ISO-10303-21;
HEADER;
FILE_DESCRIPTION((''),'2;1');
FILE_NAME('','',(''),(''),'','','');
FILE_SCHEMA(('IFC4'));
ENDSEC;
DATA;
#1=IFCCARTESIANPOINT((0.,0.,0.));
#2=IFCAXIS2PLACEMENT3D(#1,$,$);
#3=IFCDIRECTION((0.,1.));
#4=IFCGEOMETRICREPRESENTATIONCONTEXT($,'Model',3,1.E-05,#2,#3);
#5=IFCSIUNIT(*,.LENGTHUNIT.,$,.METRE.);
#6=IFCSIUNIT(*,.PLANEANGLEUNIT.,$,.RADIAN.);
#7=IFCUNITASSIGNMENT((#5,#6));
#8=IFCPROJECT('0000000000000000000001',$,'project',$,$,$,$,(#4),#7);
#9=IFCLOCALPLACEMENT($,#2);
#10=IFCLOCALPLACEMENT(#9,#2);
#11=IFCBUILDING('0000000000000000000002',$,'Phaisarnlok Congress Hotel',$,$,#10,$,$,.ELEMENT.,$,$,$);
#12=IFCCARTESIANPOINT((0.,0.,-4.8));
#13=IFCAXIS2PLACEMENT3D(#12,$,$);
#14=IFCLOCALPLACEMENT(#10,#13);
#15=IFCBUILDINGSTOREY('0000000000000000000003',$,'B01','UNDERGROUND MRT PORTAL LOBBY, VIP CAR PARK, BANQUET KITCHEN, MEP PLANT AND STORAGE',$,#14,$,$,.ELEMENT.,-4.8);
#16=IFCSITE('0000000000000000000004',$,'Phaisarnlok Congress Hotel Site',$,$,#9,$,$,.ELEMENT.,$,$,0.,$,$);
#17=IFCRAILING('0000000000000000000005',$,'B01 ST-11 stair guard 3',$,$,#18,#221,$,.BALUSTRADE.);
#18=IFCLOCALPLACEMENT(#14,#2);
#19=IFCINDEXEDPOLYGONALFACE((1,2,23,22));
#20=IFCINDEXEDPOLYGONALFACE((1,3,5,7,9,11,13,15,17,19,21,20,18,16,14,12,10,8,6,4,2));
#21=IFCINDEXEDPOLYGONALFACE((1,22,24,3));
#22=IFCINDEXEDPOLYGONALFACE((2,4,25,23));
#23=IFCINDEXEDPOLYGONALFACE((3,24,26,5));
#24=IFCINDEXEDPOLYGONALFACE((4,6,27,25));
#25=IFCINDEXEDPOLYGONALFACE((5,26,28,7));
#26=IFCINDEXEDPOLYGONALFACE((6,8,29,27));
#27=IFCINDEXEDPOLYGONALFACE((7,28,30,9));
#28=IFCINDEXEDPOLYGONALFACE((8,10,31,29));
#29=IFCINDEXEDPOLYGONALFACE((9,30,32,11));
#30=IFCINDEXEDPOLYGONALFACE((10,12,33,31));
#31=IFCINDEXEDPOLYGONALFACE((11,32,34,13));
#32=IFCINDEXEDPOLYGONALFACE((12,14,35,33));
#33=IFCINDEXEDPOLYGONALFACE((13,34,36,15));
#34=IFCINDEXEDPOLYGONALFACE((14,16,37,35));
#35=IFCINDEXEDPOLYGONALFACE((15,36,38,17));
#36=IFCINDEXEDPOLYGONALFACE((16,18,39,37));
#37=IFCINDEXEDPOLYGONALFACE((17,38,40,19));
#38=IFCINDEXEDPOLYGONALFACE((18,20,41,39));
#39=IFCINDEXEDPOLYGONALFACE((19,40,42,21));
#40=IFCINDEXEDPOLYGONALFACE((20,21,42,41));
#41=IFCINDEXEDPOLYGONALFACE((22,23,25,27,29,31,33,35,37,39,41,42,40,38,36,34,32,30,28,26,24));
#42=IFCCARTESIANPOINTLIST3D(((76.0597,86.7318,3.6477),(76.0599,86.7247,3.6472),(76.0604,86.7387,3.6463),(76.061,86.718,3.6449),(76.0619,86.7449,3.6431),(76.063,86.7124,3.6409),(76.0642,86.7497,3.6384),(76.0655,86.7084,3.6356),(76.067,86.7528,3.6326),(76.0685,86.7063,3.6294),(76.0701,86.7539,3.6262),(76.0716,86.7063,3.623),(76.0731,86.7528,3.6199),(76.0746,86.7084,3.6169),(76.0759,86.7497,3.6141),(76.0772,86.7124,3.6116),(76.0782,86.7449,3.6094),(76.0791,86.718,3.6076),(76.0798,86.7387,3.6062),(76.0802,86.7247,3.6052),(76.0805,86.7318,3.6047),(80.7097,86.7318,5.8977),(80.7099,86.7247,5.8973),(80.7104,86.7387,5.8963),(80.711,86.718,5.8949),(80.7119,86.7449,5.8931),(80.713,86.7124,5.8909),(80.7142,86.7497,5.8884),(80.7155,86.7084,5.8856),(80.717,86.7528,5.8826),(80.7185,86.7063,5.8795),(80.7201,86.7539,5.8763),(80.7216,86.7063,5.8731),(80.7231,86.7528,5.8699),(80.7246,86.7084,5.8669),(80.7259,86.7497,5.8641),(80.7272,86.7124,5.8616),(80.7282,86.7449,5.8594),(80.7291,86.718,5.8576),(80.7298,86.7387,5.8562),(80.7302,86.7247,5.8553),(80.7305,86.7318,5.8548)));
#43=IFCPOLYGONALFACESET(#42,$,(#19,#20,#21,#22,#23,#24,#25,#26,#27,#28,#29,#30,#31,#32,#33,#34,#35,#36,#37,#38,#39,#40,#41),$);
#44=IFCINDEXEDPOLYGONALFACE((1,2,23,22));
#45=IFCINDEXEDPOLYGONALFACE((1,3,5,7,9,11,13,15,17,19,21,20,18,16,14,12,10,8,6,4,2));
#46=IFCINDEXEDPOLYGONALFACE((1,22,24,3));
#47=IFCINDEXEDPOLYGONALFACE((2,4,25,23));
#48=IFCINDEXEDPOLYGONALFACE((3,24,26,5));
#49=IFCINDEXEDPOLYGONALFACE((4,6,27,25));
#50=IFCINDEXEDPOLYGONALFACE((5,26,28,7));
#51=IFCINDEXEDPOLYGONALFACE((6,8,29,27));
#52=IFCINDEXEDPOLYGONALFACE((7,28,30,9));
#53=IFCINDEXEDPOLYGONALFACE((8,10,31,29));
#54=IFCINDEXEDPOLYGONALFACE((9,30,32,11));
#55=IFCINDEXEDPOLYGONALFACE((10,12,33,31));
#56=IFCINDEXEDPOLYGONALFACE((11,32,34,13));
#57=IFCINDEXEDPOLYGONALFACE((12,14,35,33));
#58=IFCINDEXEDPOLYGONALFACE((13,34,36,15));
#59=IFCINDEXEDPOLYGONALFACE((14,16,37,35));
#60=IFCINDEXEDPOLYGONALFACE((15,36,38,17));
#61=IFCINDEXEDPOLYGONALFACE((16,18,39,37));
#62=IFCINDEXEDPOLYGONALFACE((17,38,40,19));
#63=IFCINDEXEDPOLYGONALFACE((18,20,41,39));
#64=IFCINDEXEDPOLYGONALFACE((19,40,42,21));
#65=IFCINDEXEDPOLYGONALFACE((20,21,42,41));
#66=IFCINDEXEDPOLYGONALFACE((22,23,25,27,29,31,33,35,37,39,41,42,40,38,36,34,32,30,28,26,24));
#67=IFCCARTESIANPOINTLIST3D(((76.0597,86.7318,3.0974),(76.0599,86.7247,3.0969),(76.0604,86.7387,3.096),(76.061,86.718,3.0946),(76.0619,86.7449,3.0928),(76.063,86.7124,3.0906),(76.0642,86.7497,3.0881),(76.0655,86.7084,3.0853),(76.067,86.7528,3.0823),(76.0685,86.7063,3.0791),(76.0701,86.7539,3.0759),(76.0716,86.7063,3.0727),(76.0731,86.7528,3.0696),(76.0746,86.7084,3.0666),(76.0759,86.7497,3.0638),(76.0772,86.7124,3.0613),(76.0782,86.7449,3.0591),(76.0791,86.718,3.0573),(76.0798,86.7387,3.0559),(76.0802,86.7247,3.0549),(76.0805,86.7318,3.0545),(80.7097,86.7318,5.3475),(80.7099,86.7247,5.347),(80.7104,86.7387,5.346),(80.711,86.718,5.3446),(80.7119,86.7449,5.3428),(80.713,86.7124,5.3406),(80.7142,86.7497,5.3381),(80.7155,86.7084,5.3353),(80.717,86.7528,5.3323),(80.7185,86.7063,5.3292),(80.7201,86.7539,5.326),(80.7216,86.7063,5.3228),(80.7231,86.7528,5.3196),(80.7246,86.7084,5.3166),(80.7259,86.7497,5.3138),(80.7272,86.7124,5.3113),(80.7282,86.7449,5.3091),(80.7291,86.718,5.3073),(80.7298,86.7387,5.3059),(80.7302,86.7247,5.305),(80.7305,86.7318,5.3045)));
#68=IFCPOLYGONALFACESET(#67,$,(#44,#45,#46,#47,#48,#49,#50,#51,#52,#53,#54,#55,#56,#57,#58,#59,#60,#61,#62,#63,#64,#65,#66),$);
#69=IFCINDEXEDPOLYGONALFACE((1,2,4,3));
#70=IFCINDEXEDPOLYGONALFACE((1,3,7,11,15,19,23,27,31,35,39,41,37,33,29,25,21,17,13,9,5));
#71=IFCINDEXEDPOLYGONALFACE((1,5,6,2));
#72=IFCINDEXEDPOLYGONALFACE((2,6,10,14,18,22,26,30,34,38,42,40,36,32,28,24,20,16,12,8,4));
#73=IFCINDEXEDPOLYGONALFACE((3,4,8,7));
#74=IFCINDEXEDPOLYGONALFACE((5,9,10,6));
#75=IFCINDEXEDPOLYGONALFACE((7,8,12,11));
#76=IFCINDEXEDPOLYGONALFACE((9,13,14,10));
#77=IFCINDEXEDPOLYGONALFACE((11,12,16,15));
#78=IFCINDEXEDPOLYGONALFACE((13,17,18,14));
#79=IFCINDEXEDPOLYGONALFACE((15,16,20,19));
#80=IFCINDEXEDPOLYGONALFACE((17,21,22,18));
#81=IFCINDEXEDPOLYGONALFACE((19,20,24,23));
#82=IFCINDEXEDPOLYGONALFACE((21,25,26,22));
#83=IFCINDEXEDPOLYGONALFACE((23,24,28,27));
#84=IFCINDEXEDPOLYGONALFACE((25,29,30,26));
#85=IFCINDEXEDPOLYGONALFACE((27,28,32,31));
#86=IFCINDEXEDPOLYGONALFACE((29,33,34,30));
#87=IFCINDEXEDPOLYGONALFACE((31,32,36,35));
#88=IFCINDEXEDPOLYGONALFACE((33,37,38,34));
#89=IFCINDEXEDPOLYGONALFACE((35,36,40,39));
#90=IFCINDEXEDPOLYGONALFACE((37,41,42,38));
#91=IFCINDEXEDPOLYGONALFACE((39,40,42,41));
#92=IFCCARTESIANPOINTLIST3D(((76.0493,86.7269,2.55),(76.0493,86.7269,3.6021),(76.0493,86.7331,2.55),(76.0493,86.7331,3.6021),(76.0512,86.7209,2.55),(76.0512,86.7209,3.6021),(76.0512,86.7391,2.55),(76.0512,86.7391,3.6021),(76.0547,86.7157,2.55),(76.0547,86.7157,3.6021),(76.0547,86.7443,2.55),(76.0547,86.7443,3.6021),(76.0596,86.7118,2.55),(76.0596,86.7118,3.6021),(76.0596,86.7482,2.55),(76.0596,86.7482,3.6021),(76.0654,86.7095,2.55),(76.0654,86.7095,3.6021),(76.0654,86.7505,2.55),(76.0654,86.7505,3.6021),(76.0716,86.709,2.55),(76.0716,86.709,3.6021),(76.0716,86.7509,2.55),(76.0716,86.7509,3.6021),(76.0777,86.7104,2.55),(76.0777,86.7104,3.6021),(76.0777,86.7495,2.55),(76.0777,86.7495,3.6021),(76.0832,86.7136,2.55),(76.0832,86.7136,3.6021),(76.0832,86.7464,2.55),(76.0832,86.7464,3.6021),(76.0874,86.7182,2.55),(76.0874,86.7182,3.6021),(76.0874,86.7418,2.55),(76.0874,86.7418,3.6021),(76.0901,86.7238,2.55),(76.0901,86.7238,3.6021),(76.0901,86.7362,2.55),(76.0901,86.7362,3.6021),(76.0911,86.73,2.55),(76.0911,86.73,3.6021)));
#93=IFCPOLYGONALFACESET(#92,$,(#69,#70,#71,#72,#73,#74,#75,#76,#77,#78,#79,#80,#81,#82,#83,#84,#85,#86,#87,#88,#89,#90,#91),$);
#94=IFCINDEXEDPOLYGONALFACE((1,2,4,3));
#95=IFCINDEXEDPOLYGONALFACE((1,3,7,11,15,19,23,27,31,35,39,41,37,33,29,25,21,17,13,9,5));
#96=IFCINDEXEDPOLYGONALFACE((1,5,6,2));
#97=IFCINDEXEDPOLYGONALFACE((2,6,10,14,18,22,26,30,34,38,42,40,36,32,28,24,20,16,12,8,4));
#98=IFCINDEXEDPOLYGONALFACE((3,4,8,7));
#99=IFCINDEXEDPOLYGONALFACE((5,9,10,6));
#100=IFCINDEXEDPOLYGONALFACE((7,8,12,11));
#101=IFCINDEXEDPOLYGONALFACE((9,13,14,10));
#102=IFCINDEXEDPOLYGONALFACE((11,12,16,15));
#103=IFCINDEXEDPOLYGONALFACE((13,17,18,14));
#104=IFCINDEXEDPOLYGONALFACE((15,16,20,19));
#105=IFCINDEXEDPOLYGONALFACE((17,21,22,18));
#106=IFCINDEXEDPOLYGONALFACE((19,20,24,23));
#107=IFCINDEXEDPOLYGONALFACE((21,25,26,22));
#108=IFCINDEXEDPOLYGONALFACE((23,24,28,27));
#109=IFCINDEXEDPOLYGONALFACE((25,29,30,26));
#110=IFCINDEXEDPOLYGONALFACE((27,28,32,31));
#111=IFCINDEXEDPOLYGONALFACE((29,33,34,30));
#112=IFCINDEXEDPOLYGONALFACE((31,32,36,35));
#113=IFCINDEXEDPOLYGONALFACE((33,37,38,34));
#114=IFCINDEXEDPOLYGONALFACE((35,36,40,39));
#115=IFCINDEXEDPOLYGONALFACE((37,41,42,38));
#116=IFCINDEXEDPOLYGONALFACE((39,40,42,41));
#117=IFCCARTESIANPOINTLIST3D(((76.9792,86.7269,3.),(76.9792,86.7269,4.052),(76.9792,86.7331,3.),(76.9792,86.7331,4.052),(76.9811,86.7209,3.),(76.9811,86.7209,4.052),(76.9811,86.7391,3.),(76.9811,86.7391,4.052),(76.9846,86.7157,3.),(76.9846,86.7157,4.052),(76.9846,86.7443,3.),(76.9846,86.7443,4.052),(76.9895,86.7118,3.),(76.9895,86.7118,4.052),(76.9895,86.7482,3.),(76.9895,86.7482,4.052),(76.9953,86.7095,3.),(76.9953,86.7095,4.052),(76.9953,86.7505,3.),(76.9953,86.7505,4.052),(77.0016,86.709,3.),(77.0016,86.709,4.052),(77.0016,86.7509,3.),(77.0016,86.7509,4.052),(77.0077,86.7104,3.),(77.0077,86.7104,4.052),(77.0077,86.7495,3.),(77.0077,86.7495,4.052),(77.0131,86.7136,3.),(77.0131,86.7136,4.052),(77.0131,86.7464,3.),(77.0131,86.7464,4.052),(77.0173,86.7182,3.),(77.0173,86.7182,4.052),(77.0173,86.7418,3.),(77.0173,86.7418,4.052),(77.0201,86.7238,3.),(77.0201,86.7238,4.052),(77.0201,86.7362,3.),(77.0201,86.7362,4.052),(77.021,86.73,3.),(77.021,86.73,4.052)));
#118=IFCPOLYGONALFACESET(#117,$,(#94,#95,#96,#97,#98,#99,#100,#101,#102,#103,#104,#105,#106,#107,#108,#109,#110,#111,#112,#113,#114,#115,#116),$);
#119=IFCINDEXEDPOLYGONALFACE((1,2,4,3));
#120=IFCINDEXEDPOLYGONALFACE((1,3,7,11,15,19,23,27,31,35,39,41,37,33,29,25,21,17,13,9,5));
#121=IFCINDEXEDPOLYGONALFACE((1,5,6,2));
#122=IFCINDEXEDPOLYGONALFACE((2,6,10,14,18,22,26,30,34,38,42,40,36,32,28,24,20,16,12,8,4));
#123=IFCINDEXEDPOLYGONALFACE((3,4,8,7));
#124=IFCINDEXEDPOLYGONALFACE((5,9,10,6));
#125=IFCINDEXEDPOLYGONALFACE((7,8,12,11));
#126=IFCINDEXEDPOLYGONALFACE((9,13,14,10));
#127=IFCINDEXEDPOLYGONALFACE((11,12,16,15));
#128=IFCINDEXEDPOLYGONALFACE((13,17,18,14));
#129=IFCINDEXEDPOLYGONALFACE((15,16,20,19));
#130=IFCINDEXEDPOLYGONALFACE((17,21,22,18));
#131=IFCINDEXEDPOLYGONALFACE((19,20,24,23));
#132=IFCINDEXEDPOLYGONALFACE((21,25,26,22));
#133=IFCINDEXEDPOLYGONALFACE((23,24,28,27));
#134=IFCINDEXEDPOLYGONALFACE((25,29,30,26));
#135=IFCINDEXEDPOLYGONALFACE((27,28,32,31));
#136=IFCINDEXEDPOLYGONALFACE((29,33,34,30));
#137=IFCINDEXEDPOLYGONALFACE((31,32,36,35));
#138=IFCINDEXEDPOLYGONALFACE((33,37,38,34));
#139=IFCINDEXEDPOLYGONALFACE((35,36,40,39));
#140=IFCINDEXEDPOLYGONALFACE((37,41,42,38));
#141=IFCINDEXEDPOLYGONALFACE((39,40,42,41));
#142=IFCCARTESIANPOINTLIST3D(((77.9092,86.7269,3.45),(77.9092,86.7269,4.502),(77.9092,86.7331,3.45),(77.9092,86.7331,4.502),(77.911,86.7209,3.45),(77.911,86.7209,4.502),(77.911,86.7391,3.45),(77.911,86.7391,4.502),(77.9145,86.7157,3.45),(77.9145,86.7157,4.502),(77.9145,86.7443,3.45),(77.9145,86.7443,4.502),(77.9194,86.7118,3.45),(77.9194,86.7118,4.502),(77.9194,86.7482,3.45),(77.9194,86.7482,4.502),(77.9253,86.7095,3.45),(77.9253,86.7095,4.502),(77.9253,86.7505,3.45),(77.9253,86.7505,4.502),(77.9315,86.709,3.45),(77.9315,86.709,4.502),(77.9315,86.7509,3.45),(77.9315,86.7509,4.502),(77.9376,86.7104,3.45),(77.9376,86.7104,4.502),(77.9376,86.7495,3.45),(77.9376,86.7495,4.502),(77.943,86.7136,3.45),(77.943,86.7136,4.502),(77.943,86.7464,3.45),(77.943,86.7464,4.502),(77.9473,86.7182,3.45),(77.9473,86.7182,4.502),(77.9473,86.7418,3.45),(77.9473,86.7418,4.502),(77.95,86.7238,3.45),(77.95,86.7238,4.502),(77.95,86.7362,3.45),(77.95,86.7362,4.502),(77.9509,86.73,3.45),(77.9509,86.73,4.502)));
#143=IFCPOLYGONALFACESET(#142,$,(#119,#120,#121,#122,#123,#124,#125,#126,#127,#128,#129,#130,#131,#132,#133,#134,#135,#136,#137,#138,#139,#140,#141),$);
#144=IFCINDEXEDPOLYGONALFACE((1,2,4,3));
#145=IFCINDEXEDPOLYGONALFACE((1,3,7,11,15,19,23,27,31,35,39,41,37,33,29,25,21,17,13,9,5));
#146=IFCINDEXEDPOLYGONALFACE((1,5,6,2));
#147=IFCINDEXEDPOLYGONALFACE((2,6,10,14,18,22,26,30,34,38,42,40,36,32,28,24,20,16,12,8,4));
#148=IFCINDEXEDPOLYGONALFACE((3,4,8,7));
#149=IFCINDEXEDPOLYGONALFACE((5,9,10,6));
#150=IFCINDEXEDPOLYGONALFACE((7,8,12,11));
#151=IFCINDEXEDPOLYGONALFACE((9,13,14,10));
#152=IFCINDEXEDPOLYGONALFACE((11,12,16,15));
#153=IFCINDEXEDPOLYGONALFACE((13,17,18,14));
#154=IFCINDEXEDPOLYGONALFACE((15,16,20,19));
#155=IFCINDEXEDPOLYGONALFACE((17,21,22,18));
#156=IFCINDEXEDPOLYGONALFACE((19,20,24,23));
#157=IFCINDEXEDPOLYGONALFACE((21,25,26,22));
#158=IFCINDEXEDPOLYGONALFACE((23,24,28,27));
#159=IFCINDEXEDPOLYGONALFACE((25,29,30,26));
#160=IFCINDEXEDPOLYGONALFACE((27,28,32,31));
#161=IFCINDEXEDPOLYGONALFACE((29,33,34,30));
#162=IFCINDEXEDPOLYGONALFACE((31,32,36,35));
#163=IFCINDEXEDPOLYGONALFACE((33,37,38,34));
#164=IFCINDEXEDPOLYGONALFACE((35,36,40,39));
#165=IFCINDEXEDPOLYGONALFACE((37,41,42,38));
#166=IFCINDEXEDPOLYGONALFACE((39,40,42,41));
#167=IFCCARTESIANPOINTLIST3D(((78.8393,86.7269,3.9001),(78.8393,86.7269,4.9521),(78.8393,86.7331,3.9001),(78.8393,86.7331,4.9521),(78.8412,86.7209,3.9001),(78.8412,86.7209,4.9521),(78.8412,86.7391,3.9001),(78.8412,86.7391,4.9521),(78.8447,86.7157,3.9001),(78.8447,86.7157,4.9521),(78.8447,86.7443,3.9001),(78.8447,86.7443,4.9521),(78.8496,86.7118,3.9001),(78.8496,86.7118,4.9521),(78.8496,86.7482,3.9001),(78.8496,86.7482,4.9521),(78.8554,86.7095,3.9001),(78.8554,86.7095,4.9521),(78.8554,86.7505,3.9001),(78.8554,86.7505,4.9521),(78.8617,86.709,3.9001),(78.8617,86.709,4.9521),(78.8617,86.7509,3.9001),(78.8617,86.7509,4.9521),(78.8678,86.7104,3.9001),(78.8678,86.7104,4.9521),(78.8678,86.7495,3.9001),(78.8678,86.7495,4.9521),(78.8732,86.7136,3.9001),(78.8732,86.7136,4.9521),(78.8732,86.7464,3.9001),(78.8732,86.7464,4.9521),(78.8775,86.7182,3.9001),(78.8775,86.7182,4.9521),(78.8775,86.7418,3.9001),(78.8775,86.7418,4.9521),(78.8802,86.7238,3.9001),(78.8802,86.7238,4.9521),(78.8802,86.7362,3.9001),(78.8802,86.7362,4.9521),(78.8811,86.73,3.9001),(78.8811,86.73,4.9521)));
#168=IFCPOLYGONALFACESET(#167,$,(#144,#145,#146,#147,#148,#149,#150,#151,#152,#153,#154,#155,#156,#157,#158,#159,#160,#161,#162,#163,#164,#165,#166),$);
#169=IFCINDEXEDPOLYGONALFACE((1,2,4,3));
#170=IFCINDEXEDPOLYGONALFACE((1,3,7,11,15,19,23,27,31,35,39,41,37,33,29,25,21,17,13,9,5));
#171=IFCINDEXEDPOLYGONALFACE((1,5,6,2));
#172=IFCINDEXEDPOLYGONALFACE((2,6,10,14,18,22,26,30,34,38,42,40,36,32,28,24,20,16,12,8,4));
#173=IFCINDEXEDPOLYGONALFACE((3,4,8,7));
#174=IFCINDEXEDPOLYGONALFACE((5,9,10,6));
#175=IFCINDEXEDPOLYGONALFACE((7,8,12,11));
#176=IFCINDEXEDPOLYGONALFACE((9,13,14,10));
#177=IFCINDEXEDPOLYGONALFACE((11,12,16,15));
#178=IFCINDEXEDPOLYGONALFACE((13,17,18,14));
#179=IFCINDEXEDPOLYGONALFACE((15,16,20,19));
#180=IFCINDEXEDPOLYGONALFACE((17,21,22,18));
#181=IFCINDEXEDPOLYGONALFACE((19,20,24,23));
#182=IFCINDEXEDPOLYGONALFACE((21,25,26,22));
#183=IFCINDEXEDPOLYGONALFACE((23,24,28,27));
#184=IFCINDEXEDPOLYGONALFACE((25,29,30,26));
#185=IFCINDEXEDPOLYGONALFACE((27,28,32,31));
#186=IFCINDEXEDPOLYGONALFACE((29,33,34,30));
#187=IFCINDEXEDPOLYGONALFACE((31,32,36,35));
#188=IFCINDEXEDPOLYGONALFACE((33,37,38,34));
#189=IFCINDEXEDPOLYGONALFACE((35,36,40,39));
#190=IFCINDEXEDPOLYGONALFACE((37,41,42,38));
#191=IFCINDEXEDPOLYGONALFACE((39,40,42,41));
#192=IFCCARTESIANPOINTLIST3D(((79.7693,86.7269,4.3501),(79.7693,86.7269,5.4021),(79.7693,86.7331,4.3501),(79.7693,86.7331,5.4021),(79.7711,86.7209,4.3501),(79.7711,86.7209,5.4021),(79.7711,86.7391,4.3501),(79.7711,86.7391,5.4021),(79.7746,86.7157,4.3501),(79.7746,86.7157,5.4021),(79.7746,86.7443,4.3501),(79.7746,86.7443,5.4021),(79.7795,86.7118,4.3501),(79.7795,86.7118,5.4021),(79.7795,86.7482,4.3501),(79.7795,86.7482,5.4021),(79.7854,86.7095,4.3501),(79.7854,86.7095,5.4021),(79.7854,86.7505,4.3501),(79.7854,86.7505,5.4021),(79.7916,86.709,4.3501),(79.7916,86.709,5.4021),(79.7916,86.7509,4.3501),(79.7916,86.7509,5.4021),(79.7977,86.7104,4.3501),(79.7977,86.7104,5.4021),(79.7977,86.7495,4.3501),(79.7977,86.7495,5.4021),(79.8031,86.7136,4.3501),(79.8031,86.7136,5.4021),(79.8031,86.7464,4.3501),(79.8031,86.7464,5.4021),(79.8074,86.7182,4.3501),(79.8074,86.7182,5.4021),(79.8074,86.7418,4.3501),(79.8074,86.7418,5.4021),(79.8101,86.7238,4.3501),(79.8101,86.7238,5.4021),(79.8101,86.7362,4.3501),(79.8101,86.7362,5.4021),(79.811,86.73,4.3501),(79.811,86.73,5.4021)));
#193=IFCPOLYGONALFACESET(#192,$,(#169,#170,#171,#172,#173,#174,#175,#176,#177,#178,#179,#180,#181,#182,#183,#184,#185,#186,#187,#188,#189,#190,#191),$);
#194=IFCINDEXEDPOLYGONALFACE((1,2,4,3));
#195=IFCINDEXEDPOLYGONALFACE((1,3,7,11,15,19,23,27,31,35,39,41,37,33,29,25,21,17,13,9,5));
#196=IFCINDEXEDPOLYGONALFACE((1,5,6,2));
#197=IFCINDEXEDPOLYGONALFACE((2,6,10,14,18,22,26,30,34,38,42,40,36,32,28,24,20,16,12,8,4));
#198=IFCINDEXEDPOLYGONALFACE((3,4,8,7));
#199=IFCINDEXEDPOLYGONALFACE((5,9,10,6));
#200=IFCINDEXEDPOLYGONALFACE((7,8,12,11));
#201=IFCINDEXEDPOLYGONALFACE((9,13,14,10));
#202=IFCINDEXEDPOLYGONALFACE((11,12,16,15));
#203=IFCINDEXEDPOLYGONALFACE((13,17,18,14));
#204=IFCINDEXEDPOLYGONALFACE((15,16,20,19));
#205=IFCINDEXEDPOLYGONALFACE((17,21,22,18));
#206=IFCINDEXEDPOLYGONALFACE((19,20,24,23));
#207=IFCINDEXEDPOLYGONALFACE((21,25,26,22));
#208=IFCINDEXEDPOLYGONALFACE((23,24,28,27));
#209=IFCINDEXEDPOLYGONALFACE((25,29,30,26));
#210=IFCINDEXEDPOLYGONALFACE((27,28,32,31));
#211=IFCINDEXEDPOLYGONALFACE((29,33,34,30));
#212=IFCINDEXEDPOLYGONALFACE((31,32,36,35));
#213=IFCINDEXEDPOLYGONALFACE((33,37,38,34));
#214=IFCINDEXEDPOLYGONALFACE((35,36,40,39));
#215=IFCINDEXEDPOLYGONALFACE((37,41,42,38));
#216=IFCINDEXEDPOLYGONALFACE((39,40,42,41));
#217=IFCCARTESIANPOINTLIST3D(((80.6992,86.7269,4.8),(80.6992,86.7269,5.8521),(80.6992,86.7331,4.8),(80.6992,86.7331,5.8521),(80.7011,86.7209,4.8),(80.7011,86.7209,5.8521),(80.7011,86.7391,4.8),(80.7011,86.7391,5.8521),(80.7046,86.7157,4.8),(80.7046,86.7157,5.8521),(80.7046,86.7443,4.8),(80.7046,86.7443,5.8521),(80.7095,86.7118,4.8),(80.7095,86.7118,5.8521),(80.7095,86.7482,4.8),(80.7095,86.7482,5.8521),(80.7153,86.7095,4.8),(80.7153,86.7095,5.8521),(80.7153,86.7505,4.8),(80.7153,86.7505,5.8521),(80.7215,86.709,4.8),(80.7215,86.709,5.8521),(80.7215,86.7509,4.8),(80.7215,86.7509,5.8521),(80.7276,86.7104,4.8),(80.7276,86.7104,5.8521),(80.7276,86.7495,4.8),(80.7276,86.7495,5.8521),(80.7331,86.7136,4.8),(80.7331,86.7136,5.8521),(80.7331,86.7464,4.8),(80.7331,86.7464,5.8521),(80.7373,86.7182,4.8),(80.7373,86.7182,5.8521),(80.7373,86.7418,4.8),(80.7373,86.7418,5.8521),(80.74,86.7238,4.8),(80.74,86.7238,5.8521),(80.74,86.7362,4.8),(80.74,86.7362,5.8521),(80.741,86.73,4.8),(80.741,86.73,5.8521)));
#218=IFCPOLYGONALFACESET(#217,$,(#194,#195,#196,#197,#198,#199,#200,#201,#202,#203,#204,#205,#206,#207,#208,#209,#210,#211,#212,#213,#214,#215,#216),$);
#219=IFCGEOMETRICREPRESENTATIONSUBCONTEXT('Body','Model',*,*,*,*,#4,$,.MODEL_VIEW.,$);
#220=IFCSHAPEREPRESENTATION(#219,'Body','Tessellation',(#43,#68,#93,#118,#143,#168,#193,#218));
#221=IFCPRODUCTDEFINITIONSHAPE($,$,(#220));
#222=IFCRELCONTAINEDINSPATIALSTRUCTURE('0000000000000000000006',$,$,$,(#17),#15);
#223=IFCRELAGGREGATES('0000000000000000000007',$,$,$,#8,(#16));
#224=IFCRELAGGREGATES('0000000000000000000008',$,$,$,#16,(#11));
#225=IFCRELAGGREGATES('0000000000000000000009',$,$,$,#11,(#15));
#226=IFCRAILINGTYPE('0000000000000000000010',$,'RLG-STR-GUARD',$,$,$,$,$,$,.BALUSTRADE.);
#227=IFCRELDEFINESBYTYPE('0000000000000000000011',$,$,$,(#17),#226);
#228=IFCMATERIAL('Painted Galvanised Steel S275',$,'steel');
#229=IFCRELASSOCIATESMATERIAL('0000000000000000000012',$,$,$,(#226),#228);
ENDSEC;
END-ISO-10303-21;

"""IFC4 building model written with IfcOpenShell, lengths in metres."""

from ifc_helpers import new_model, si_unit, direction, frame, origin, origin_2d, place, context, subcontext, project, spatial, circle, extrude, material, type_object, element, save


model = new_model("IFC4")

# Units and contexts
model_context = context("Model", 3, precision=1e-05, world=origin(), true_north=direction((0.0, 1.0)))
body_context = subcontext(model_context, "Body", "Model", "MODEL_VIEW")
ifc_project = project(units=[si_unit("LENGTHUNIT", "METRE"), si_unit("PLANEANGLEUNIT", "RADIAN")], contexts=[model_context])

# Site, building, storey
site_placement = place(None, origin())
site = spatial("IfcSite", under=ifc_project, at=site_placement, Name="Phaisarnlok Congress Hotel Site", CompositionType="ELEMENT", RefElevation=0.0)
building_placement = place(site_placement, origin())
building = spatial("IfcBuilding", under=site, at=building_placement, Name="Phaisarnlok Congress Hotel", CompositionType="ELEMENT")
storey_placement = place(building_placement, frame((0.0, 0.0, -4.8)))
storey = spatial("IfcBuildingStorey", under=building, at=storey_placement, Name="B01", Description="UNDERGROUND MRT PORTAL LOBBY, VIP CAR PARK, BANQUET KITCHEN, MEP PLANT AND STORAGE", CompositionType="ELEMENT", Elevation=-4.8)

# Railing
ifc_material_1 = material(Name="Painted Galvanised Steel S275", Category="steel")
railing_type_1 = type_object("IfcRailingType", Name="RLG-STR-GUARD", PredefinedType="BALUSTRADE", material=ifc_material_1)
railing_1_placement = place(storey_placement, frame((76.0701, 86.73, 2.55)))
element("IfcRailing", 1, at=railing_1_placement, inside=storey, type_object=railing_type_1, Name="B01 ST-11 stair guard 3", PredefinedType="BALUSTRADE", context=body_context, shape_type="SweptSolid", body=[
    extrude(circle(Radius=0.0239, at=origin_2d()), frame((0.0, 0.0, 1.0762), z_axis=(0.900156, 0.0, 0.435568), x_axis=(0.0, 1.0, 0.0)), (0.0, 0.0, 1.0), 5.1658),
    extrude(circle(Radius=0.0239, at=origin_2d()), frame((0.0, 0.0, 0.5259), z_axis=(0.900156, 0.0, 0.435568), x_axis=(0.0, 1.0, 0.0)), (0.0, 0.0, 1.0), 5.1658),
    extrude(circle(Radius=0.021, at=origin_2d()), origin(), (0.0, 0.0, 1.0), 1.052),
    extrude(circle(Radius=0.021, at=origin_2d()), frame((0.9299, 0.0, 0.45)), (0.0, 0.0, 1.0), 1.052),
    extrude(circle(Radius=0.021, at=origin_2d()), frame((1.8599, 0.0, 0.8999)), (0.0, 0.0, 1.0), 1.052),
    extrude(circle(Radius=0.021, at=origin_2d()), frame((2.79, 0.0, 1.3501)), (0.0, 0.0, 1.0), 1.052),
    extrude(circle(Radius=0.021, at=origin_2d()), frame((3.72, 0.0, 1.8)), (0.0, 0.0, 1.0), 1.052),
    extrude(circle(Radius=0.021, at=origin_2d()), frame((4.6499, 0.0, 2.25)), (0.0, 0.0, 1.0), 1.052),
])

save(model, "model.ifc")
